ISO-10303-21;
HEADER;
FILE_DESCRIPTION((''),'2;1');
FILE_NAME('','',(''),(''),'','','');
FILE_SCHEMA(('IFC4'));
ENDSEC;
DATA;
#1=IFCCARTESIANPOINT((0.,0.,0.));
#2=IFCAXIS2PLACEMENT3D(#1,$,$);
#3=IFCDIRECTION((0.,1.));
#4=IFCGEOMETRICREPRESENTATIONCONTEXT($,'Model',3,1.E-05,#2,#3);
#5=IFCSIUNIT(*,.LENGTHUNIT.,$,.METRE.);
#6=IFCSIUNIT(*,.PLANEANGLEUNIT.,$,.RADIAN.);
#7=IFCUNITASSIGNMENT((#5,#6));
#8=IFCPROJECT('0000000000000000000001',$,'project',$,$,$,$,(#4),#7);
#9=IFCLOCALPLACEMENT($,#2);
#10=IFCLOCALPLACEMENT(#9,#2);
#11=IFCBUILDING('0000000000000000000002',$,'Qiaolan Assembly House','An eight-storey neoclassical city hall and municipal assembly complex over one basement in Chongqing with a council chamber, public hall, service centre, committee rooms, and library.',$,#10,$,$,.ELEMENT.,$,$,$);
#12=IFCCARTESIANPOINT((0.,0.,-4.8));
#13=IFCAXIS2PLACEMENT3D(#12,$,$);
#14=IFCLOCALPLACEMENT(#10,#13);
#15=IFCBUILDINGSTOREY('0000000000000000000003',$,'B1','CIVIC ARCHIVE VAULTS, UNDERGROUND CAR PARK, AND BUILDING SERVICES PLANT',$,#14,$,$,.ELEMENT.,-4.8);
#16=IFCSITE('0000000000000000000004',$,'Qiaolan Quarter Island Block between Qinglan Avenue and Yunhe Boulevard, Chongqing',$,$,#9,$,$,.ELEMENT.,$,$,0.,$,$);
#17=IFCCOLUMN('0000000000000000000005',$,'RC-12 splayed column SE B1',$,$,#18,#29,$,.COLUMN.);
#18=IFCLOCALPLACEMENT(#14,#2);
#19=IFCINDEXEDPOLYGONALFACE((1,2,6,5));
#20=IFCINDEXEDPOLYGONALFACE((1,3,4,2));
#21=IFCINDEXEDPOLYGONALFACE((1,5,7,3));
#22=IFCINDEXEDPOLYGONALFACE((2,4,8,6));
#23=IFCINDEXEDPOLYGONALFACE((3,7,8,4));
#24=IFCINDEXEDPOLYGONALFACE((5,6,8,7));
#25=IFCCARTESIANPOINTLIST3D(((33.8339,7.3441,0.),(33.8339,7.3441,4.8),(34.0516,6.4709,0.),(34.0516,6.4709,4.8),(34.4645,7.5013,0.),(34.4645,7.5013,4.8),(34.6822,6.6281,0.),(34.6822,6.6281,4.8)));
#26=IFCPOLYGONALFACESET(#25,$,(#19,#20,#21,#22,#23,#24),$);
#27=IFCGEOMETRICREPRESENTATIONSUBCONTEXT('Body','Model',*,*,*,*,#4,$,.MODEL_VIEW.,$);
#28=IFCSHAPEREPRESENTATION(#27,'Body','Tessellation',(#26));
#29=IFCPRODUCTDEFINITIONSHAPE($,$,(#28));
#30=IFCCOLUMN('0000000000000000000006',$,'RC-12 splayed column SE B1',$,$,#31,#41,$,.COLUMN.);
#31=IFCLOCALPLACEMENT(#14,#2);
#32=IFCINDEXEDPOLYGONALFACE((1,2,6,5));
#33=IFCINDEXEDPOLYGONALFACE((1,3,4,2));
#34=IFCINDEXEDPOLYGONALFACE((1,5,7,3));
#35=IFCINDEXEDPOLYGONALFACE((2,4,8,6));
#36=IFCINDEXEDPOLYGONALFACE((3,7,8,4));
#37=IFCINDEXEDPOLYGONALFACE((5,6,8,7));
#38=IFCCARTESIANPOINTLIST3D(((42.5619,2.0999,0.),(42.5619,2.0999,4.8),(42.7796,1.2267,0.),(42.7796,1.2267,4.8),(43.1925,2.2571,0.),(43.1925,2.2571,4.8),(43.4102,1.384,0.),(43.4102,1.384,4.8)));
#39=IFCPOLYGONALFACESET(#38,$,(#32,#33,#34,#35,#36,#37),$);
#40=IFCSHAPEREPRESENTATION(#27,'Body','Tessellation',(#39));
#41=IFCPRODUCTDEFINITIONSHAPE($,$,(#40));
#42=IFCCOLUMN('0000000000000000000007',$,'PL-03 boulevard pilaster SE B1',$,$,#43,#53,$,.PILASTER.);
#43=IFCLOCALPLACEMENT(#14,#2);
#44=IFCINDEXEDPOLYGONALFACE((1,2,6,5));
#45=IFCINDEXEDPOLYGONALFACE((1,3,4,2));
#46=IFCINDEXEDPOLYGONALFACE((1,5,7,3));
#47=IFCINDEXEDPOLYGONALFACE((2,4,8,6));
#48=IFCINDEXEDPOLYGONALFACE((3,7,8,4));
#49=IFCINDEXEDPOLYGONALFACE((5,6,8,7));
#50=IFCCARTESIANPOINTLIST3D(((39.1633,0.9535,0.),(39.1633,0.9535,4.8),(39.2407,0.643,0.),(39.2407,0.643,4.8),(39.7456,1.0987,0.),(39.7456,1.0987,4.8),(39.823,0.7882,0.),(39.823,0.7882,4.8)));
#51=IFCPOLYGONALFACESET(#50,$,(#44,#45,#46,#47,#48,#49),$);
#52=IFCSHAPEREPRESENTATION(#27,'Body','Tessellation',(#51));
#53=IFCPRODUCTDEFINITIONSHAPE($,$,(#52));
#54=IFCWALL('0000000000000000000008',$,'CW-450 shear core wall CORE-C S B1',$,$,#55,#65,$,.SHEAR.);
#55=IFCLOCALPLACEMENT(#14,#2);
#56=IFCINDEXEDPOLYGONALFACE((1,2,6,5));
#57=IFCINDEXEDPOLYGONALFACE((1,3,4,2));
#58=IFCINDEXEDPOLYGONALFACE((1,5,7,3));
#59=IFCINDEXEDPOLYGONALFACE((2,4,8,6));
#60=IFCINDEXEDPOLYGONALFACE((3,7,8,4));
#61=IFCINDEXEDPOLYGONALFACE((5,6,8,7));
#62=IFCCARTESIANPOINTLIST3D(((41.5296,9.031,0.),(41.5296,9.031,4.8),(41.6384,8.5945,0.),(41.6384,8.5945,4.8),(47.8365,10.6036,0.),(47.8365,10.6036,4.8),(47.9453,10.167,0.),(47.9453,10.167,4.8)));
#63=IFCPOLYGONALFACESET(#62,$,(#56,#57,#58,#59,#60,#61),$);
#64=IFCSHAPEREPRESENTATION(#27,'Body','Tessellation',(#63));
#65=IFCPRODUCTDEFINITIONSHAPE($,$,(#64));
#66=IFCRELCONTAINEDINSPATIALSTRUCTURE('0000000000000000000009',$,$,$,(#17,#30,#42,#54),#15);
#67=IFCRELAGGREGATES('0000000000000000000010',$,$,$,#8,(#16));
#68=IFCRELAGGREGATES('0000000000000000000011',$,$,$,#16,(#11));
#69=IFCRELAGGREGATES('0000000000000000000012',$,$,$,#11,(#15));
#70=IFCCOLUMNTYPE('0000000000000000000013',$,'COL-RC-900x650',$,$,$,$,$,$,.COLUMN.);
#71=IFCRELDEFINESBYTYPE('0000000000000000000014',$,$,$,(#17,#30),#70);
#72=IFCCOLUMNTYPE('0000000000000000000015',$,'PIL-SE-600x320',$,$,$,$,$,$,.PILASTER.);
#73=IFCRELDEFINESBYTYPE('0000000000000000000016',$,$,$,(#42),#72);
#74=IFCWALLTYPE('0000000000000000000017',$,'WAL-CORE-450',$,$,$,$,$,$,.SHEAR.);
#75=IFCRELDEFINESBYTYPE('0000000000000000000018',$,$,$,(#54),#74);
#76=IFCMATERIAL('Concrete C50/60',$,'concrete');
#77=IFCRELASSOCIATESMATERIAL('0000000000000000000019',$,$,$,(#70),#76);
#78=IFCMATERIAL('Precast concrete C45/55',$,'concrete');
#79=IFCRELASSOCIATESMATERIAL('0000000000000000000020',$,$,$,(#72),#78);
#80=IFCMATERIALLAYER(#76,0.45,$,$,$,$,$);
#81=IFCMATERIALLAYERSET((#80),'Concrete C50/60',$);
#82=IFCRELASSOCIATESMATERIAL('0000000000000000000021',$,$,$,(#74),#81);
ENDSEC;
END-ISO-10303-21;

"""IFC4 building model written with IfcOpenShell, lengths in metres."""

from ifc_helpers import new_model, si_unit, direction, frame, frame_2d, origin, origin_2d, place, context, subcontext, project, spatial, rectangle, extrude, material, layer, layer_set, material_profile, profile_set, type_object, element, save


model = new_model("IFC4")

# Units and contexts
model_context = context("Model", 3, precision=1e-05, world=origin(), true_north=direction((0.0, 1.0)))
body_context = subcontext(model_context, "Body", "Model", "MODEL_VIEW")
ifc_project = project(units=[si_unit("LENGTHUNIT", "METRE"), si_unit("PLANEANGLEUNIT", "RADIAN")], contexts=[model_context])

# Site, building, storey
site_placement = place(None, origin())
site = spatial("IfcSite", under=ifc_project, at=site_placement, Name="Qiaolan Quarter Island Block between Qinglan Avenue and Yunhe Boulevard, Chongqing", CompositionType="ELEMENT", RefElevation=0.0)
building_placement = place(site_placement, origin())
building = spatial("IfcBuilding", under=site, at=building_placement, Name="Qiaolan Assembly House", Description="An eight-storey neoclassical city hall and municipal assembly complex over one basement in Chongqing with a council chamber, public hall, service centre, committee rooms, and library.", CompositionType="ELEMENT")
storey_placement = place(building_placement, frame((0.0, 0.0, -4.8)))
storey = spatial("IfcBuildingStorey", under=building, at=storey_placement, Name="B1", Description="CIVIC ARCHIVE VAULTS, UNDERGROUND CAR PARK, AND BUILDING SERVICES PLANT", CompositionType="ELEMENT", Elevation=-4.8)

# Columns
ifc_material_1 = material(Name="Concrete C50/60", Category="concrete")
ifc_material_profile_1 = material_profile(ifc_material_1, rectangle(XDim=0.6499, YDim=0.8999, at=origin_2d()), Name="RC 900x650")
ifc_profile_set_1 = profile_set([ifc_material_profile_1], Name="Concrete C50/60")
column_type_1 = type_object("IfcColumnType", Name="COL-RC-900x650", PredefinedType="COLUMN", material=ifc_profile_set_1)
for number, where, z_axis, x_axis, name in (
    (1, (34.2581, 6.9861, 0.0), (0.0, 0.0, 1.0), (0.970296, 0.241922, 0.0), "RC-12 splayed column SE B1"),
    (2, (42.9861, 1.7419, 0.0), (0.0, 0.0, 1.0), (0.970296, 0.241922, 0.0), "RC-12 splayed column SE B1"),
):
    element("IfcColumn", number, at=place(storey_placement, frame(where, z_axis=z_axis, x_axis=x_axis)), inside=storey, type_object=column_type_1, Name=name, PredefinedType="COLUMN", context=body_context, shape_type="SweptSolid", body=[
        extrude(rectangle(XDim=0.6499, YDim=0.8999, at=origin_2d()), origin(), (0.0, 0.0, 1.0), 4.8),
    ])
ifc_material_2 = material(Name="Precast concrete C45/55", Category="concrete")
ifc_material_profile_2 = material_profile(ifc_material_2, rectangle(XDim=0.6001, YDim=0.3201, at=origin_2d()), Name="PIL 600x320")
ifc_profile_set_2 = profile_set([ifc_material_profile_2], Name="Precast concrete C45/55")
column_type_2 = type_object("IfcColumnType", Name="PIL-SE-600x320", PredefinedType="PILASTER", material=ifc_profile_set_2)
column_1_placement = place(storey_placement, frame((39.4932, 0.8708, 0.0), z_axis=(0.0, 0.0, 1.0), x_axis=(0.970296, 0.241922, 0.0)))
element("IfcColumn", 3, at=column_1_placement, inside=storey, type_object=column_type_2, Name="PL-03 boulevard pilaster SE B1", PredefinedType="PILASTER", context=body_context, shape_type="SweptSolid", body=[
    extrude(rectangle(XDim=0.6001, YDim=0.3201, at=origin_2d()), origin(), (0.0, 0.0, 1.0), 4.8),
])

# Wall
ifc_layer = layer(ifc_material_1, 0.45)
ifc_layer_set = layer_set([ifc_layer], Name="Concrete C50/60")
wall_type = type_object("IfcWallType", Name="WAL-CORE-450", PredefinedType="SHEAR", material=ifc_layer_set)
wall_placement = place(storey_placement, frame((41.584, 8.8127, 0.0), z_axis=(0.0, 0.0, 1.0), x_axis=(0.970295, 0.241926, 0.0)))
element("IfcWall", 4, at=wall_placement, inside=storey, type_object=wall_type, Name="CW-450 shear core wall CORE-C S B1", PredefinedType="SHEAR", context=body_context, shape_type="SweptSolid", body=[
    extrude(rectangle(XDim=6.5, YDim=0.45, at=frame_2d((3.25, 0.0))), origin(), (0.0, 0.0, 1.0), 4.8),
])

save(model, "model.ifc")
